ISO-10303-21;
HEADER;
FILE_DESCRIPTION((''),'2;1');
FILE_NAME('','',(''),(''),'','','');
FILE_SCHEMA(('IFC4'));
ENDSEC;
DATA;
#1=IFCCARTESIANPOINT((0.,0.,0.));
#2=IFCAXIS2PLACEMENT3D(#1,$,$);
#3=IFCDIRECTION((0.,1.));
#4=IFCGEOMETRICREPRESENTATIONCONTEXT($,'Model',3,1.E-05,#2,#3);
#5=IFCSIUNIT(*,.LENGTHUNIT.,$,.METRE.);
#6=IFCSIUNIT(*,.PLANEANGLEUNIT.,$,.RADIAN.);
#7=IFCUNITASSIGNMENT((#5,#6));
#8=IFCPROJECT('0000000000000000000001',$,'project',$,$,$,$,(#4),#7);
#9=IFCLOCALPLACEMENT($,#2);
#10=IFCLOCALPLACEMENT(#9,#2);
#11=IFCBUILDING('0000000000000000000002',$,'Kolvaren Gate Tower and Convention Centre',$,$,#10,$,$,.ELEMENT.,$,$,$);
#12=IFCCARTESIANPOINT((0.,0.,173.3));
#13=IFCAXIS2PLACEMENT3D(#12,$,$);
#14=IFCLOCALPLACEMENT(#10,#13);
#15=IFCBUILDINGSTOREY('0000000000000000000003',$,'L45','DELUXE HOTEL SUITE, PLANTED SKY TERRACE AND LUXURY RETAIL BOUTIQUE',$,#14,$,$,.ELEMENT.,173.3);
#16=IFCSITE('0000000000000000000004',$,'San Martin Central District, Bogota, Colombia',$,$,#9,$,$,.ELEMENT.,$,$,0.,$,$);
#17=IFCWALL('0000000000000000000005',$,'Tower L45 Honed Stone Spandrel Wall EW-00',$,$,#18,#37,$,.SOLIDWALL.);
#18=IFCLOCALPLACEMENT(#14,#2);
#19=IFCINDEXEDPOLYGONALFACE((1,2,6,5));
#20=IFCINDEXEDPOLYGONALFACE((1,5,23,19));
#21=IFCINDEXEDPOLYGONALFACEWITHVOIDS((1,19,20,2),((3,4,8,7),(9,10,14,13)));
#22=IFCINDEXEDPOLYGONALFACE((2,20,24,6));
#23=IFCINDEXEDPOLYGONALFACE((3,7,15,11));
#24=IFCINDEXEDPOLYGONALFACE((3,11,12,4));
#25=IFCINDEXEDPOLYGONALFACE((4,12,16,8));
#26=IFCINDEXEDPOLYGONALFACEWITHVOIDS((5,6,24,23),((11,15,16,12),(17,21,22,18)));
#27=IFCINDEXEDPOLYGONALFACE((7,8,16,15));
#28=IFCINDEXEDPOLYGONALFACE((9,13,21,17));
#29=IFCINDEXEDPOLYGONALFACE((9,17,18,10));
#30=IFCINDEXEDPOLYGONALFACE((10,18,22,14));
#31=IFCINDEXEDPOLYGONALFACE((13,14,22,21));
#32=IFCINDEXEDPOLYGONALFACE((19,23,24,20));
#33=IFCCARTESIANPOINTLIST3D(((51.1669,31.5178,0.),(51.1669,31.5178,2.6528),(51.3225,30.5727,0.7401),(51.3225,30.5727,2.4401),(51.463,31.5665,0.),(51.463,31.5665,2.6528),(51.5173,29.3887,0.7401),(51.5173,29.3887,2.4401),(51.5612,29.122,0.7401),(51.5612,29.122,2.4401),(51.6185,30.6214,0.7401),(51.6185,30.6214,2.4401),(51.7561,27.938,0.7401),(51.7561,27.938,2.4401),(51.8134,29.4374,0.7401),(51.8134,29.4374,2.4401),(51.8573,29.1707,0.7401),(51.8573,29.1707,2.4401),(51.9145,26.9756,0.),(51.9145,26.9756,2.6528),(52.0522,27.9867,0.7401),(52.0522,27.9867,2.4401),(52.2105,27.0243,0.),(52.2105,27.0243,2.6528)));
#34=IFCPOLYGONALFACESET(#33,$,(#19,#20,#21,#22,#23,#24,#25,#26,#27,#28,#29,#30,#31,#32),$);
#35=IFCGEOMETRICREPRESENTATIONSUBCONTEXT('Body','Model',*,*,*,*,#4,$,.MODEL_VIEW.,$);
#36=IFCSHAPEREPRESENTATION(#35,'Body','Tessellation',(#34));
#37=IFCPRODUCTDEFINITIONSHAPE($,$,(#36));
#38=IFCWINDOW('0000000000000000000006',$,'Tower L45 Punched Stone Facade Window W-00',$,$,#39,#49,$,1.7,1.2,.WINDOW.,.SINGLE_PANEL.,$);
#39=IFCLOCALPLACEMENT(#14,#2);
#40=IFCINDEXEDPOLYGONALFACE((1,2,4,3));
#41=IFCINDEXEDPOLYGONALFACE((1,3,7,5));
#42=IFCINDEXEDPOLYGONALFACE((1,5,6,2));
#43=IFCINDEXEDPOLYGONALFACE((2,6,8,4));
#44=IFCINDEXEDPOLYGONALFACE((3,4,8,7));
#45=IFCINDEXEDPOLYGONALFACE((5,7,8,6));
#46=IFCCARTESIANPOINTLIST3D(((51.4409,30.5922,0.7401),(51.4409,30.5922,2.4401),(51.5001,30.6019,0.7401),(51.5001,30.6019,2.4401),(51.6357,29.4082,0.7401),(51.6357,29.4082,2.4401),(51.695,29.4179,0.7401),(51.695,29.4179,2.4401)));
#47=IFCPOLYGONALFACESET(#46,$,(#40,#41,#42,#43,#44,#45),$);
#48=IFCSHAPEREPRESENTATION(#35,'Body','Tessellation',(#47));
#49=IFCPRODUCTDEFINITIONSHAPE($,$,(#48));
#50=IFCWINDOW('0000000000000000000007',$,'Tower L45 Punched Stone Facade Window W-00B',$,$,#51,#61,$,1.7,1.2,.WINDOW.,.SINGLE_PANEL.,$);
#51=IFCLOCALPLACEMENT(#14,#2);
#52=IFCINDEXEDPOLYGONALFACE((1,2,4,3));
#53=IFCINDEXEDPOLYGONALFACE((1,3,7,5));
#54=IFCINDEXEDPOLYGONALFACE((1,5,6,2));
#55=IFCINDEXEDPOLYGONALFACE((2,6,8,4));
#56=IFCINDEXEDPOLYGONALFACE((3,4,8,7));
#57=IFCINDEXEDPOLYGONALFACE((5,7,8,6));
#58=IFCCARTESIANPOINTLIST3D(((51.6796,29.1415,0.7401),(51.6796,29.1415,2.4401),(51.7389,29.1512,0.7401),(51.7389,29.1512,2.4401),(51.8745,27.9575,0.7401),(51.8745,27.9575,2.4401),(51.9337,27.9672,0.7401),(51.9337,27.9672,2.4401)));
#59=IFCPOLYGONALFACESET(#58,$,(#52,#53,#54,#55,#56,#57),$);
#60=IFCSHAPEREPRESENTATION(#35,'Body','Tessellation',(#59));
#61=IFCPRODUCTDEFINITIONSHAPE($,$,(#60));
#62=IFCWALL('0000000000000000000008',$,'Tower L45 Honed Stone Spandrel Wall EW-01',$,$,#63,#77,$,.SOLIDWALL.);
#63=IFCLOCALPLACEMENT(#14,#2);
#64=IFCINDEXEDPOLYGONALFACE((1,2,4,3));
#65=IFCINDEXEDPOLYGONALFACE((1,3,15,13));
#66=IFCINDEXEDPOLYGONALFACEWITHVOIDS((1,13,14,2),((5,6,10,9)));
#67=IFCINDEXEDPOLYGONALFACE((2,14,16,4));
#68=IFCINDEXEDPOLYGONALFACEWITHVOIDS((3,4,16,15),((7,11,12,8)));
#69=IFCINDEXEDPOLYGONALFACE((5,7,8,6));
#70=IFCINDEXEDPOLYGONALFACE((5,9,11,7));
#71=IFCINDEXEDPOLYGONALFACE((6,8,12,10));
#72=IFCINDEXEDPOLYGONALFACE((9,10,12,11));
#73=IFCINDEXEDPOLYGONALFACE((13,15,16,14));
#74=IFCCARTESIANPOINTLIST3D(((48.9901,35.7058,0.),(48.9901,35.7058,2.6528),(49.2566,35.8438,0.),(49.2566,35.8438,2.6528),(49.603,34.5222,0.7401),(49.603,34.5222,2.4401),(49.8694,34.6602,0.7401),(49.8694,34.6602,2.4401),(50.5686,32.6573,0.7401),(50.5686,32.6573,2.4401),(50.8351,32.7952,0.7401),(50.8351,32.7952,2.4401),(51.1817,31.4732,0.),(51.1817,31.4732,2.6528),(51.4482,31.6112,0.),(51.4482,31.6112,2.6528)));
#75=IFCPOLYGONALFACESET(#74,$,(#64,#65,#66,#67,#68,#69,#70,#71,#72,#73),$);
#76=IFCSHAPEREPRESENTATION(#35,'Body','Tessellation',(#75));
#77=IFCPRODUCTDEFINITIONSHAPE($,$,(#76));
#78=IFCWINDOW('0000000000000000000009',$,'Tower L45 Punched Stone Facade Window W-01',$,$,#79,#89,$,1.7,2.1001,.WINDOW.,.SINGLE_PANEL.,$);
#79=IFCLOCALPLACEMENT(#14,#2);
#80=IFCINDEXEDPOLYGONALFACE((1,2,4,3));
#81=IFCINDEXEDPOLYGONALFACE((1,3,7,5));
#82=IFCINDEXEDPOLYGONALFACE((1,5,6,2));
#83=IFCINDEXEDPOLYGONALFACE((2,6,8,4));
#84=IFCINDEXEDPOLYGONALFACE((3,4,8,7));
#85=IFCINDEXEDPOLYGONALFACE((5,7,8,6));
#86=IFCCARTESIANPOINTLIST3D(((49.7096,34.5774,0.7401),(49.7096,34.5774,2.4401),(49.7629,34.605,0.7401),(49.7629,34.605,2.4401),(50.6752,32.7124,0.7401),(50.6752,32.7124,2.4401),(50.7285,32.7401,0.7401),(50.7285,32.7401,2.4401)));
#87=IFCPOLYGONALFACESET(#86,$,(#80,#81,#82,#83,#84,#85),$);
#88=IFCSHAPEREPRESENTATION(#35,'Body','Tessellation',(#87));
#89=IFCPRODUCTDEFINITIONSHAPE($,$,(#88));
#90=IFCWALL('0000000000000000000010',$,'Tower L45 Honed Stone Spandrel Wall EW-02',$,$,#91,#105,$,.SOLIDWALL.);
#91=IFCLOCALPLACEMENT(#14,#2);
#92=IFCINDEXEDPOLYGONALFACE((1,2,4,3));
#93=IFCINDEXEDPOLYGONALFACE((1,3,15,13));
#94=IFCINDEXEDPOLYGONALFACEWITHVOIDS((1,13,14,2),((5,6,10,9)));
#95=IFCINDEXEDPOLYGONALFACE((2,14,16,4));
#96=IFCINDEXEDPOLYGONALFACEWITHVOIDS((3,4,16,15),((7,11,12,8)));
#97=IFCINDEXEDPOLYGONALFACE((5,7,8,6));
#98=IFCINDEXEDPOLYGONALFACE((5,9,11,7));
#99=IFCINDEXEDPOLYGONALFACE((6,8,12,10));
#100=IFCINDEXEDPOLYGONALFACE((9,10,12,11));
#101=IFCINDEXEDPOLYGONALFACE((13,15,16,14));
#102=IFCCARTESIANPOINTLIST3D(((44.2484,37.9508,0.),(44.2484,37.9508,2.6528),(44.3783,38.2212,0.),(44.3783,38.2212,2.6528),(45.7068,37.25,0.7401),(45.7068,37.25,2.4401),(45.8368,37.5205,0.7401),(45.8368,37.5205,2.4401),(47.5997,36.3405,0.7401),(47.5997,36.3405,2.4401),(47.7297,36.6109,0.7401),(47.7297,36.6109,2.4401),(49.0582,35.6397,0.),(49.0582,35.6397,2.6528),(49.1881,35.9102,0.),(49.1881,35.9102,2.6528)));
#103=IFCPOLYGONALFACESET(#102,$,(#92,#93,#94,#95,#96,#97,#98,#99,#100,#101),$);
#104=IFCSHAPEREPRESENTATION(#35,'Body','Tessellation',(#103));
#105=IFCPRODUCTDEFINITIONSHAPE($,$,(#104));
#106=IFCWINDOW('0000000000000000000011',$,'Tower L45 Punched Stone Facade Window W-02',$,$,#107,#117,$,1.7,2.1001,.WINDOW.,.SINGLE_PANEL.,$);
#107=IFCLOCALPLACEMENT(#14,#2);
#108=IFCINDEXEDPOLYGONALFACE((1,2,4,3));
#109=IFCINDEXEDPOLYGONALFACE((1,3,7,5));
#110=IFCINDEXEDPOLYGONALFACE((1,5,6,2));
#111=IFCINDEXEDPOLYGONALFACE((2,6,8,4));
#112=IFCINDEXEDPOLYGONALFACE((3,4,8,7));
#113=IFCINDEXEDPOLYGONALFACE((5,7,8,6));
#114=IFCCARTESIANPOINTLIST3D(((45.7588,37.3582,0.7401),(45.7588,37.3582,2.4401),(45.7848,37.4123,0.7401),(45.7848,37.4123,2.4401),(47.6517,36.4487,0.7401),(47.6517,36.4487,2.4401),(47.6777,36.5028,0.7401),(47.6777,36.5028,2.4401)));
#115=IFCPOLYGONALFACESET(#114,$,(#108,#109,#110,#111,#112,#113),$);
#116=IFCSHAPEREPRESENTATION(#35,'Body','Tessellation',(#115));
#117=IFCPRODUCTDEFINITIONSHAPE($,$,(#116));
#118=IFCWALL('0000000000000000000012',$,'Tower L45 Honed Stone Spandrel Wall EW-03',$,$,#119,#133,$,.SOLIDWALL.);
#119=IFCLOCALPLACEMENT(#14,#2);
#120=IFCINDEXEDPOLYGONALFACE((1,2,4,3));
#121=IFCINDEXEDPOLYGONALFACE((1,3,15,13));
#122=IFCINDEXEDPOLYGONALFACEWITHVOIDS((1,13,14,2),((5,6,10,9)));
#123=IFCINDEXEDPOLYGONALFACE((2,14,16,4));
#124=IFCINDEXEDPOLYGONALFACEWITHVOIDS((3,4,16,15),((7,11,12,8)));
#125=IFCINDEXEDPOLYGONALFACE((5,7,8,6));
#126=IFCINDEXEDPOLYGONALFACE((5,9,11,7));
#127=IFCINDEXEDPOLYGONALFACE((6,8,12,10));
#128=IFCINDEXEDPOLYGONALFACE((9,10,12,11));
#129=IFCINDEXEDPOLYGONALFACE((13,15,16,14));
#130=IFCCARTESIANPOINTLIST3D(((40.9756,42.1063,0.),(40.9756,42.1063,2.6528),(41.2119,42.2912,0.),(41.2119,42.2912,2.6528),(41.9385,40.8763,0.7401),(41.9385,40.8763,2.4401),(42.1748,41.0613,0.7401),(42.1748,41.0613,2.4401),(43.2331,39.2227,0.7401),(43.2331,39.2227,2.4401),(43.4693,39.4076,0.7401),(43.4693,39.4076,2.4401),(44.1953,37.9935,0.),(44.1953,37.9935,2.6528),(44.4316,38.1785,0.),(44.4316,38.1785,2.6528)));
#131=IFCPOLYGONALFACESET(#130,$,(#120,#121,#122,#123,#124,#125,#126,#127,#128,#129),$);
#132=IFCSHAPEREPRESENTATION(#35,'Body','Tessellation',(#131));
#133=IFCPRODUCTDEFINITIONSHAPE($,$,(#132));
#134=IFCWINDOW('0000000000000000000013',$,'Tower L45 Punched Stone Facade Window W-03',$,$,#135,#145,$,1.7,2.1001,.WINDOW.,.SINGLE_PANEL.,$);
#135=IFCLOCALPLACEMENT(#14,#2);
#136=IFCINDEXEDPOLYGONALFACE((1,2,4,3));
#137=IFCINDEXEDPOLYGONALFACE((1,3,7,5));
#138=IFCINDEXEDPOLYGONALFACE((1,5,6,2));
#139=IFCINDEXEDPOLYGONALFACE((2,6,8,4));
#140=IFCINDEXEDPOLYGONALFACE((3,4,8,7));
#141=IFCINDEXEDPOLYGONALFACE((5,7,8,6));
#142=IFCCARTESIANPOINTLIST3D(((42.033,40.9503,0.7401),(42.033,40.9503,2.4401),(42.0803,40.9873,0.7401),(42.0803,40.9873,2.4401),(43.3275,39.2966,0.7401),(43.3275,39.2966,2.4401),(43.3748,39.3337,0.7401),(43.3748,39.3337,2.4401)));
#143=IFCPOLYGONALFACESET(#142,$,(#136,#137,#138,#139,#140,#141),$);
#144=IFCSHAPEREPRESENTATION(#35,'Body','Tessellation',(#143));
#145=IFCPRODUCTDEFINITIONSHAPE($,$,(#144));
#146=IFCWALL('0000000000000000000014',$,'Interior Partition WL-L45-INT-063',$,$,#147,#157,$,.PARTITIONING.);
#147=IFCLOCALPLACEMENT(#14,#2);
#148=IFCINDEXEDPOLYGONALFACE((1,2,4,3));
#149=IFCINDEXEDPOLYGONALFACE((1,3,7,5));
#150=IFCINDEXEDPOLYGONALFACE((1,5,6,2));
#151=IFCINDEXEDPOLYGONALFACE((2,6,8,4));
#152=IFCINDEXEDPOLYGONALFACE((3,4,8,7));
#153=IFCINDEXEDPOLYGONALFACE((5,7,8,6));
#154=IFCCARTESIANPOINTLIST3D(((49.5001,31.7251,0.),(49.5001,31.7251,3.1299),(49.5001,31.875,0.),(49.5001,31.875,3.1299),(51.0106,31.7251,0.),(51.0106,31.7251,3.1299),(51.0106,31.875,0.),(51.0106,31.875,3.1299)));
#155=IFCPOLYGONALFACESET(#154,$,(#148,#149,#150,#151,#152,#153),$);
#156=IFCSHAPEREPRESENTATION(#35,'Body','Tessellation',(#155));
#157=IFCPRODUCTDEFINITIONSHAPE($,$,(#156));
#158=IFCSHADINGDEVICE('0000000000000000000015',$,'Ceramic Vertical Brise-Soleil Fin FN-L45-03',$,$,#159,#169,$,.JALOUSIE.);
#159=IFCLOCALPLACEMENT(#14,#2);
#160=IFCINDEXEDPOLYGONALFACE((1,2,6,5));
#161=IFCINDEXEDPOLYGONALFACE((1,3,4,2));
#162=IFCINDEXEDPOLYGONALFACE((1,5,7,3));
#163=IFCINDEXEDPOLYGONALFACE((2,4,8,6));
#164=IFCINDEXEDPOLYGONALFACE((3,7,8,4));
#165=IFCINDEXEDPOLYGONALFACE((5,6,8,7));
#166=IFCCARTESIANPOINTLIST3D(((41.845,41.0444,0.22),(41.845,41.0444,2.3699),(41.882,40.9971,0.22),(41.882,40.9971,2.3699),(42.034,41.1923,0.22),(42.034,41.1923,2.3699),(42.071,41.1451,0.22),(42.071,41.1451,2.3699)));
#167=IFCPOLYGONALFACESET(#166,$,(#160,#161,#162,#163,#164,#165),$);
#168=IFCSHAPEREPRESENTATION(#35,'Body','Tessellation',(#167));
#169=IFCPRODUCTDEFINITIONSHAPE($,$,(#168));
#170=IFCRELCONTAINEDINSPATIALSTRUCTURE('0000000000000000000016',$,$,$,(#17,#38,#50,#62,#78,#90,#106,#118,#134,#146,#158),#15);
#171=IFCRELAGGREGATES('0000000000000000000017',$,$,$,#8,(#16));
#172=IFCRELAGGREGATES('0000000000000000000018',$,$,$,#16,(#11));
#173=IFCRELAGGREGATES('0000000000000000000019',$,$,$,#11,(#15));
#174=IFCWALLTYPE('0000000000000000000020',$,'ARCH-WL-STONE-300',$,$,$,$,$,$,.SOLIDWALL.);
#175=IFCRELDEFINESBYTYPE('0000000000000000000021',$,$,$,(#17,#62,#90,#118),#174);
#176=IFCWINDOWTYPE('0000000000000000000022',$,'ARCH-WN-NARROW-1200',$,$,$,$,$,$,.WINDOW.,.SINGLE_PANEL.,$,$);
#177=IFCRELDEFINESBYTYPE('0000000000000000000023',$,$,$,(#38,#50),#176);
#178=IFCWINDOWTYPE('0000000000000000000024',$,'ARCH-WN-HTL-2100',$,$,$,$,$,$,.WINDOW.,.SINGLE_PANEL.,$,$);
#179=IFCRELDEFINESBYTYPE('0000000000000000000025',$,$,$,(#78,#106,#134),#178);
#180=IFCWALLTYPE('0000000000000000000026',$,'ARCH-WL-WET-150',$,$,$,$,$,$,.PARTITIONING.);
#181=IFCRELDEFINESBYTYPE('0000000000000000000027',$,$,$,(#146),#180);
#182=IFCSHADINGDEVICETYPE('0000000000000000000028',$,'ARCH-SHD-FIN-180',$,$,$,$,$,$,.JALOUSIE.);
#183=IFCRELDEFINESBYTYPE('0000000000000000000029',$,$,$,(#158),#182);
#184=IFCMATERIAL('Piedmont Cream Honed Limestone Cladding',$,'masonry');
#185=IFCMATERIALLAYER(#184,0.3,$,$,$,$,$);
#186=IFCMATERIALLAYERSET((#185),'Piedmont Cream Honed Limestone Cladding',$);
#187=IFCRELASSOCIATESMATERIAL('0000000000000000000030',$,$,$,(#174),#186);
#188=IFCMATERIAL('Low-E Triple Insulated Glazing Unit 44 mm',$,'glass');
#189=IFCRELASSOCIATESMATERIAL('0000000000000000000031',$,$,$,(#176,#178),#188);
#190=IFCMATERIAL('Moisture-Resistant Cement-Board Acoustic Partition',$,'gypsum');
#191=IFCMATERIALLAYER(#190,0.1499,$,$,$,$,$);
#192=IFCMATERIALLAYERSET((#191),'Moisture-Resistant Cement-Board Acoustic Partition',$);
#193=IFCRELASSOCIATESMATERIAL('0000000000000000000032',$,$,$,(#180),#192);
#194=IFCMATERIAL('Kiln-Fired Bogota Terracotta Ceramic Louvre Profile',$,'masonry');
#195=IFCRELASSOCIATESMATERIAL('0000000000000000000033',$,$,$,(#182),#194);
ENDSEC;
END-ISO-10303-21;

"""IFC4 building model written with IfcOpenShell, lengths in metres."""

from ifc_helpers import new_model, si_unit, direction, frame, frame_2d, origin, origin_2d, place, context, subcontext, project, spatial, rectangle, extrude, material, layer, layer_set, type_object, element, fill, save


model = new_model("IFC4")

# Units and contexts
model_context = context("Model", 3, precision=1e-05, world=origin(), true_north=direction((0.0, 1.0)))
body_context = subcontext(model_context, "Body", "Model", "MODEL_VIEW")
ifc_project = project(units=[si_unit("LENGTHUNIT", "METRE"), si_unit("PLANEANGLEUNIT", "RADIAN")], contexts=[model_context])

# Site, building, storey
site_placement = place(None, origin())
site = spatial("IfcSite", under=ifc_project, at=site_placement, Name="San Martin Central District, Bogota, Colombia", CompositionType="ELEMENT", RefElevation=0.0)
building_placement = place(site_placement, origin())
building = spatial("IfcBuilding", under=site, at=building_placement, Name="Kolvaren Gate Tower and Convention Centre", CompositionType="ELEMENT")
storey_placement = place(building_placement, frame((0.0, 0.0, 173.3)))
storey = spatial("IfcBuildingStorey", under=building, at=storey_placement, Name="L45", Description="DELUXE HOTEL SUITE, PLANTED SKY TERRACE AND LUXURY RETAIL BOUTIQUE", CompositionType="ELEMENT", Elevation=173.3)

# Shared definitions
ifc_material_1 = material(Name="Piedmont Cream Honed Limestone Cladding", Category="masonry")

# Wall, openings, windows
ifc_layer_1 = layer(ifc_material_1, 0.3)
ifc_layer_set_1 = layer_set([ifc_layer_1], Name="Piedmont Cream Honed Limestone Cladding")
wall_type_1 = type_object("IfcWallType", Name="ARCH-WL-STONE-300", PredefinedType="SOLIDWALL", material=ifc_layer_set_1)
wall_1_placement = place(storey_placement, frame((51.3149, 31.5422, 0.0), z_axis=(0.0, 0.0, 1.0), x_axis=(0.162395, -0.986726, 0.0)))
wall_1 = element("IfcWall", 1, at=wall_1_placement, inside=storey, type_object=wall_type_1, Name="Tower L45 Honed Stone Spandrel Wall EW-00", PredefinedType="SOLIDWALL", context=body_context, shape_type="SweptSolid", body=[
    extrude(rectangle(XDim=4.6033, YDim=0.3, at=frame_2d((2.3018, 0.0))), origin(), (0.0, 0.0, 1.0), 2.6528),
])
opening_1_placement = place(wall_1_placement, frame((0.9578, 0.0, 0.74)))
opening_1 = element("IfcOpeningElement", 2, at=opening_1_placement, cuts=wall_1, PredefinedType="OPENING", context=body_context, shape_type="SweptSolid", body=[
    extrude(rectangle(XDim=1.2, YDim=1.7, at=frame_2d((0.6001, 0.8501))), frame((0.0, 0.1599, 0.0), z_axis=(0.0, -1.0, 0.0), x_axis=(1.0, 0.0, 0.0)), (0.0, 0.0, 1.0), 0.3201),
])
opening_2_placement = place(wall_1_placement, frame((2.428, 0.0, 0.74)))
opening_2 = element("IfcOpeningElement", 3, at=opening_2_placement, cuts=wall_1, PredefinedType="OPENING", context=body_context, shape_type="SweptSolid", body=[
    extrude(rectangle(XDim=1.2, YDim=1.7, at=frame_2d((0.6001, 0.8501))), frame((0.0, 0.1599, 0.0), z_axis=(0.0, -1.0, 0.0), x_axis=(1.0, 0.0, 0.0)), (0.0, 0.0, 1.0), 0.3201),
])
ifc_material_2 = material(Name="Low-E Triple Insulated Glazing Unit 44 mm", Category="glass")
window_type_1 = type_object("IfcWindowType", Name="ARCH-WN-NARROW-1200", PartitioningType="SINGLE_PANEL", PredefinedType="WINDOW", material=ifc_material_2)
window_1_placement = place(opening_1_placement, origin())
window_1 = element("IfcWindow", 4, at=window_1_placement, inside=storey, type_object=window_type_1, Name="Tower L45 Punched Stone Facade Window W-00", OverallHeight=1.7, OverallWidth=1.2, PartitioningType="SINGLE_PANEL", PredefinedType="WINDOW", context=body_context, shape_type="SweptSolid", body=[
    extrude(rectangle(XDim=1.2, YDim=1.7, at=frame_2d((0.6001, 0.8501))), frame((0.0, 0.03, 0.0), z_axis=(0.0, -1.0, 0.0), x_axis=(1.0, 0.0, 0.0)), (0.0, 0.0, 1.0), 0.0601),
])
fill(opening_1, window_1)
window_2_placement = place(opening_2_placement, origin())
window_2 = element("IfcWindow", 5, at=window_2_placement, inside=storey, type_object=window_type_1, Name="Tower L45 Punched Stone Facade Window W-00B", OverallHeight=1.7, OverallWidth=1.2, PartitioningType="SINGLE_PANEL", PredefinedType="WINDOW", context=body_context, shape_type="SweptSolid", body=[
    extrude(rectangle(XDim=1.2, YDim=1.7, at=frame_2d((0.6001, 0.8501))), frame((0.0, 0.03, 0.0), z_axis=(0.0, -1.0, 0.0), x_axis=(1.0, 0.0, 0.0)), (0.0, 0.0, 1.0), 0.0601),
])
fill(opening_2, window_2)

# Walls, openings, windows
wall_2_placement = place(storey_placement, frame((49.1233, 35.7749, 0.0), z_axis=(0.0, 0.0, 1.0), x_axis=(0.45981, -0.888017, 0.0)))
wall_2 = element("IfcWall", 6, at=wall_2_placement, inside=storey, type_object=wall_type_1, Name="Tower L45 Honed Stone Spandrel Wall EW-01", PredefinedType="SOLIDWALL", context=body_context, shape_type="SweptSolid", body=[
    extrude(rectangle(XDim=4.7664, YDim=0.3, at=frame_2d((2.3833, 0.0))), origin(), (0.0, 0.0, 1.0), 2.6528),
])
opening_3_placement = place(wall_2_placement, frame((1.333, 0.0, 0.74)))
opening_3 = element("IfcOpeningElement", 7, at=opening_3_placement, cuts=wall_2, PredefinedType="OPENING", context=body_context, shape_type="SweptSolid", body=[
    extrude(rectangle(XDim=2.1001, YDim=1.7, at=frame_2d((1.05, 0.8501))), frame((0.0, 0.1599, 0.0), z_axis=(0.0, -1.0, 0.0), x_axis=(1.0, 0.0, 0.0)), (0.0, 0.0, 1.0), 0.3201),
])
window_type_2 = type_object("IfcWindowType", Name="ARCH-WN-HTL-2100", PartitioningType="SINGLE_PANEL", PredefinedType="WINDOW", material=ifc_material_2)
window_3_placement = place(opening_3_placement, origin())
window_3 = element("IfcWindow", 8, at=window_3_placement, inside=storey, type_object=window_type_2, Name="Tower L45 Punched Stone Facade Window W-01", OverallHeight=1.7, OverallWidth=2.1001, PartitioningType="SINGLE_PANEL", PredefinedType="WINDOW", context=body_context, shape_type="SweptSolid", body=[
    extrude(rectangle(XDim=2.1001, YDim=1.7, at=frame_2d((1.05, 0.8501))), frame((0.0, 0.03, 0.0), z_axis=(0.0, -1.0, 0.0), x_axis=(1.0, 0.0, 0.0)), (0.0, 0.0, 1.0), 0.0601),
])
fill(opening_3, window_3)
wall_3_placement = place(storey_placement, frame((44.3135, 38.0859, 0.0), z_axis=(0.0, 0.0, 1.0), x_axis=(0.901353, -0.433085, 0.0)))
wall_3 = element("IfcWall", 9, at=wall_3_placement, inside=storey, type_object=wall_type_1, Name="Tower L45 Honed Stone Spandrel Wall EW-02", PredefinedType="SOLIDWALL", context=body_context, shape_type="SweptSolid", body=[
    extrude(rectangle(XDim=5.3362, YDim=0.3, at=frame_2d((2.668, 0.0))), origin(), (0.0, 0.0, 1.0), 2.6528),
])
opening_4_placement = place(wall_3_placement, frame((1.6179, 0.0, 0.74)))
opening_4 = element("IfcOpeningElement", 10, at=opening_4_placement, cuts=wall_3, PredefinedType="OPENING", context=body_context, shape_type="SweptSolid", body=[
    extrude(rectangle(XDim=2.1001, YDim=1.7, at=frame_2d((1.05, 0.8501))), frame((0.0, 0.1599, 0.0), z_axis=(0.0, -1.0, 0.0), x_axis=(1.0, 0.0, 0.0)), (0.0, 0.0, 1.0), 0.3201),
])
window_4_placement = place(opening_4_placement, origin())
window_4 = element("IfcWindow", 11, at=window_4_placement, inside=storey, type_object=window_type_2, Name="Tower L45 Punched Stone Facade Window W-02", OverallHeight=1.7, OverallWidth=2.1001, PartitioningType="SINGLE_PANEL", PredefinedType="WINDOW", context=body_context, shape_type="SweptSolid", body=[
    extrude(rectangle(XDim=2.1001, YDim=1.7, at=frame_2d((1.05, 0.8501))), frame((0.0, 0.03, 0.0), z_axis=(0.0, -1.0, 0.0), x_axis=(1.0, 0.0, 0.0)), (0.0, 0.0, 1.0), 0.0601),
])
fill(opening_4, window_4)
wall_4_placement = place(storey_placement, frame((41.0938, 42.1987, 0.0), z_axis=(0.0, 0.0, 1.0), x_axis=(0.616429, -0.78741, 0.0)))
wall_4 = element("IfcWall", 12, at=wall_4_placement, inside=storey, type_object=wall_type_1, Name="Tower L45 Honed Stone Spandrel Wall EW-03", PredefinedType="SOLIDWALL", context=body_context, shape_type="SweptSolid", body=[
    extrude(rectangle(XDim=5.2231, YDim=0.3, at=frame_2d((2.6116, 0.0))), origin(), (0.0, 0.0, 1.0), 2.6528),
])
opening_5_placement = place(wall_4_placement, frame((1.562, 0.0, 0.74)))
opening_5 = element("IfcOpeningElement", 13, at=opening_5_placement, cuts=wall_4, PredefinedType="OPENING", context=body_context, shape_type="SweptSolid", body=[
    extrude(rectangle(XDim=2.1001, YDim=1.7, at=frame_2d((1.05, 0.8501))), frame((0.0, 0.1599, 0.0), z_axis=(0.0, -1.0, 0.0), x_axis=(1.0, 0.0, 0.0)), (0.0, 0.0, 1.0), 0.3201),
])
window_5_placement = place(opening_5_placement, origin())
window_5 = element("IfcWindow", 14, at=window_5_placement, inside=storey, type_object=window_type_2, Name="Tower L45 Punched Stone Facade Window W-03", OverallHeight=1.7, OverallWidth=2.1001, PartitioningType="SINGLE_PANEL", PredefinedType="WINDOW", context=body_context, shape_type="SweptSolid", body=[
    extrude(rectangle(XDim=2.1001, YDim=1.7, at=frame_2d((1.05, 0.8501))), frame((0.0, 0.03, 0.0), z_axis=(0.0, -1.0, 0.0), x_axis=(1.0, 0.0, 0.0)), (0.0, 0.0, 1.0), 0.0601),
])
fill(opening_5, window_5)

# Wall
ifc_material_3 = material(Name="Moisture-Resistant Cement-Board Acoustic Partition", Category="gypsum")
ifc_layer_2 = layer(ifc_material_3, 0.1499)
ifc_layer_set_2 = layer_set([ifc_layer_2], Name="Moisture-Resistant Cement-Board Acoustic Partition")
wall_type_2 = type_object("IfcWallType", Name="ARCH-WL-WET-150", PredefinedType="PARTITIONING", material=ifc_layer_set_2)
wall_5_placement = place(storey_placement, frame((49.5, 31.8, 0.0), z_axis=(0.0, 0.0, 1.0), x_axis=(1.0, 0.0, 0.0)))
element("IfcWall", 15, at=wall_5_placement, inside=storey, type_object=wall_type_2, Name="Interior Partition WL-L45-INT-063", PredefinedType="PARTITIONING", context=body_context, shape_type="SweptSolid", body=[
    extrude(rectangle(XDim=1.5105, YDim=0.1499, at=frame_2d((0.7554, 0.0))), origin(), (0.0, 0.0, 1.0), 3.1299),
])

# Shading device
ifc_material_4 = material(Name="Kiln-Fired Bogota Terracotta Ceramic Louvre Profile", Category="masonry")
shading_device_type = type_object("IfcShadingDeviceType", Name="ARCH-SHD-FIN-180", PredefinedType="JALOUSIE", material=ifc_material_4)
shading_device_placement = place(storey_placement, frame((41.958, 41.0947, 0.22), z_axis=(0.0, 0.0, 1.0), x_axis=(0.616434, -0.787406, 0.0)))
element("IfcShadingDevice", 16, at=shading_device_placement, inside=storey, type_object=shading_device_type, Name="Ceramic Vertical Brise-Soleil Fin FN-L45-03", PredefinedType="JALOUSIE", context=body_context, shape_type="SweptSolid", body=[
    extrude(rectangle(XDim=0.0601, YDim=0.24, at=origin_2d()), origin(), (0.0, 0.0, 1.0), 2.1499),
])

save(model, "model.ifc")
